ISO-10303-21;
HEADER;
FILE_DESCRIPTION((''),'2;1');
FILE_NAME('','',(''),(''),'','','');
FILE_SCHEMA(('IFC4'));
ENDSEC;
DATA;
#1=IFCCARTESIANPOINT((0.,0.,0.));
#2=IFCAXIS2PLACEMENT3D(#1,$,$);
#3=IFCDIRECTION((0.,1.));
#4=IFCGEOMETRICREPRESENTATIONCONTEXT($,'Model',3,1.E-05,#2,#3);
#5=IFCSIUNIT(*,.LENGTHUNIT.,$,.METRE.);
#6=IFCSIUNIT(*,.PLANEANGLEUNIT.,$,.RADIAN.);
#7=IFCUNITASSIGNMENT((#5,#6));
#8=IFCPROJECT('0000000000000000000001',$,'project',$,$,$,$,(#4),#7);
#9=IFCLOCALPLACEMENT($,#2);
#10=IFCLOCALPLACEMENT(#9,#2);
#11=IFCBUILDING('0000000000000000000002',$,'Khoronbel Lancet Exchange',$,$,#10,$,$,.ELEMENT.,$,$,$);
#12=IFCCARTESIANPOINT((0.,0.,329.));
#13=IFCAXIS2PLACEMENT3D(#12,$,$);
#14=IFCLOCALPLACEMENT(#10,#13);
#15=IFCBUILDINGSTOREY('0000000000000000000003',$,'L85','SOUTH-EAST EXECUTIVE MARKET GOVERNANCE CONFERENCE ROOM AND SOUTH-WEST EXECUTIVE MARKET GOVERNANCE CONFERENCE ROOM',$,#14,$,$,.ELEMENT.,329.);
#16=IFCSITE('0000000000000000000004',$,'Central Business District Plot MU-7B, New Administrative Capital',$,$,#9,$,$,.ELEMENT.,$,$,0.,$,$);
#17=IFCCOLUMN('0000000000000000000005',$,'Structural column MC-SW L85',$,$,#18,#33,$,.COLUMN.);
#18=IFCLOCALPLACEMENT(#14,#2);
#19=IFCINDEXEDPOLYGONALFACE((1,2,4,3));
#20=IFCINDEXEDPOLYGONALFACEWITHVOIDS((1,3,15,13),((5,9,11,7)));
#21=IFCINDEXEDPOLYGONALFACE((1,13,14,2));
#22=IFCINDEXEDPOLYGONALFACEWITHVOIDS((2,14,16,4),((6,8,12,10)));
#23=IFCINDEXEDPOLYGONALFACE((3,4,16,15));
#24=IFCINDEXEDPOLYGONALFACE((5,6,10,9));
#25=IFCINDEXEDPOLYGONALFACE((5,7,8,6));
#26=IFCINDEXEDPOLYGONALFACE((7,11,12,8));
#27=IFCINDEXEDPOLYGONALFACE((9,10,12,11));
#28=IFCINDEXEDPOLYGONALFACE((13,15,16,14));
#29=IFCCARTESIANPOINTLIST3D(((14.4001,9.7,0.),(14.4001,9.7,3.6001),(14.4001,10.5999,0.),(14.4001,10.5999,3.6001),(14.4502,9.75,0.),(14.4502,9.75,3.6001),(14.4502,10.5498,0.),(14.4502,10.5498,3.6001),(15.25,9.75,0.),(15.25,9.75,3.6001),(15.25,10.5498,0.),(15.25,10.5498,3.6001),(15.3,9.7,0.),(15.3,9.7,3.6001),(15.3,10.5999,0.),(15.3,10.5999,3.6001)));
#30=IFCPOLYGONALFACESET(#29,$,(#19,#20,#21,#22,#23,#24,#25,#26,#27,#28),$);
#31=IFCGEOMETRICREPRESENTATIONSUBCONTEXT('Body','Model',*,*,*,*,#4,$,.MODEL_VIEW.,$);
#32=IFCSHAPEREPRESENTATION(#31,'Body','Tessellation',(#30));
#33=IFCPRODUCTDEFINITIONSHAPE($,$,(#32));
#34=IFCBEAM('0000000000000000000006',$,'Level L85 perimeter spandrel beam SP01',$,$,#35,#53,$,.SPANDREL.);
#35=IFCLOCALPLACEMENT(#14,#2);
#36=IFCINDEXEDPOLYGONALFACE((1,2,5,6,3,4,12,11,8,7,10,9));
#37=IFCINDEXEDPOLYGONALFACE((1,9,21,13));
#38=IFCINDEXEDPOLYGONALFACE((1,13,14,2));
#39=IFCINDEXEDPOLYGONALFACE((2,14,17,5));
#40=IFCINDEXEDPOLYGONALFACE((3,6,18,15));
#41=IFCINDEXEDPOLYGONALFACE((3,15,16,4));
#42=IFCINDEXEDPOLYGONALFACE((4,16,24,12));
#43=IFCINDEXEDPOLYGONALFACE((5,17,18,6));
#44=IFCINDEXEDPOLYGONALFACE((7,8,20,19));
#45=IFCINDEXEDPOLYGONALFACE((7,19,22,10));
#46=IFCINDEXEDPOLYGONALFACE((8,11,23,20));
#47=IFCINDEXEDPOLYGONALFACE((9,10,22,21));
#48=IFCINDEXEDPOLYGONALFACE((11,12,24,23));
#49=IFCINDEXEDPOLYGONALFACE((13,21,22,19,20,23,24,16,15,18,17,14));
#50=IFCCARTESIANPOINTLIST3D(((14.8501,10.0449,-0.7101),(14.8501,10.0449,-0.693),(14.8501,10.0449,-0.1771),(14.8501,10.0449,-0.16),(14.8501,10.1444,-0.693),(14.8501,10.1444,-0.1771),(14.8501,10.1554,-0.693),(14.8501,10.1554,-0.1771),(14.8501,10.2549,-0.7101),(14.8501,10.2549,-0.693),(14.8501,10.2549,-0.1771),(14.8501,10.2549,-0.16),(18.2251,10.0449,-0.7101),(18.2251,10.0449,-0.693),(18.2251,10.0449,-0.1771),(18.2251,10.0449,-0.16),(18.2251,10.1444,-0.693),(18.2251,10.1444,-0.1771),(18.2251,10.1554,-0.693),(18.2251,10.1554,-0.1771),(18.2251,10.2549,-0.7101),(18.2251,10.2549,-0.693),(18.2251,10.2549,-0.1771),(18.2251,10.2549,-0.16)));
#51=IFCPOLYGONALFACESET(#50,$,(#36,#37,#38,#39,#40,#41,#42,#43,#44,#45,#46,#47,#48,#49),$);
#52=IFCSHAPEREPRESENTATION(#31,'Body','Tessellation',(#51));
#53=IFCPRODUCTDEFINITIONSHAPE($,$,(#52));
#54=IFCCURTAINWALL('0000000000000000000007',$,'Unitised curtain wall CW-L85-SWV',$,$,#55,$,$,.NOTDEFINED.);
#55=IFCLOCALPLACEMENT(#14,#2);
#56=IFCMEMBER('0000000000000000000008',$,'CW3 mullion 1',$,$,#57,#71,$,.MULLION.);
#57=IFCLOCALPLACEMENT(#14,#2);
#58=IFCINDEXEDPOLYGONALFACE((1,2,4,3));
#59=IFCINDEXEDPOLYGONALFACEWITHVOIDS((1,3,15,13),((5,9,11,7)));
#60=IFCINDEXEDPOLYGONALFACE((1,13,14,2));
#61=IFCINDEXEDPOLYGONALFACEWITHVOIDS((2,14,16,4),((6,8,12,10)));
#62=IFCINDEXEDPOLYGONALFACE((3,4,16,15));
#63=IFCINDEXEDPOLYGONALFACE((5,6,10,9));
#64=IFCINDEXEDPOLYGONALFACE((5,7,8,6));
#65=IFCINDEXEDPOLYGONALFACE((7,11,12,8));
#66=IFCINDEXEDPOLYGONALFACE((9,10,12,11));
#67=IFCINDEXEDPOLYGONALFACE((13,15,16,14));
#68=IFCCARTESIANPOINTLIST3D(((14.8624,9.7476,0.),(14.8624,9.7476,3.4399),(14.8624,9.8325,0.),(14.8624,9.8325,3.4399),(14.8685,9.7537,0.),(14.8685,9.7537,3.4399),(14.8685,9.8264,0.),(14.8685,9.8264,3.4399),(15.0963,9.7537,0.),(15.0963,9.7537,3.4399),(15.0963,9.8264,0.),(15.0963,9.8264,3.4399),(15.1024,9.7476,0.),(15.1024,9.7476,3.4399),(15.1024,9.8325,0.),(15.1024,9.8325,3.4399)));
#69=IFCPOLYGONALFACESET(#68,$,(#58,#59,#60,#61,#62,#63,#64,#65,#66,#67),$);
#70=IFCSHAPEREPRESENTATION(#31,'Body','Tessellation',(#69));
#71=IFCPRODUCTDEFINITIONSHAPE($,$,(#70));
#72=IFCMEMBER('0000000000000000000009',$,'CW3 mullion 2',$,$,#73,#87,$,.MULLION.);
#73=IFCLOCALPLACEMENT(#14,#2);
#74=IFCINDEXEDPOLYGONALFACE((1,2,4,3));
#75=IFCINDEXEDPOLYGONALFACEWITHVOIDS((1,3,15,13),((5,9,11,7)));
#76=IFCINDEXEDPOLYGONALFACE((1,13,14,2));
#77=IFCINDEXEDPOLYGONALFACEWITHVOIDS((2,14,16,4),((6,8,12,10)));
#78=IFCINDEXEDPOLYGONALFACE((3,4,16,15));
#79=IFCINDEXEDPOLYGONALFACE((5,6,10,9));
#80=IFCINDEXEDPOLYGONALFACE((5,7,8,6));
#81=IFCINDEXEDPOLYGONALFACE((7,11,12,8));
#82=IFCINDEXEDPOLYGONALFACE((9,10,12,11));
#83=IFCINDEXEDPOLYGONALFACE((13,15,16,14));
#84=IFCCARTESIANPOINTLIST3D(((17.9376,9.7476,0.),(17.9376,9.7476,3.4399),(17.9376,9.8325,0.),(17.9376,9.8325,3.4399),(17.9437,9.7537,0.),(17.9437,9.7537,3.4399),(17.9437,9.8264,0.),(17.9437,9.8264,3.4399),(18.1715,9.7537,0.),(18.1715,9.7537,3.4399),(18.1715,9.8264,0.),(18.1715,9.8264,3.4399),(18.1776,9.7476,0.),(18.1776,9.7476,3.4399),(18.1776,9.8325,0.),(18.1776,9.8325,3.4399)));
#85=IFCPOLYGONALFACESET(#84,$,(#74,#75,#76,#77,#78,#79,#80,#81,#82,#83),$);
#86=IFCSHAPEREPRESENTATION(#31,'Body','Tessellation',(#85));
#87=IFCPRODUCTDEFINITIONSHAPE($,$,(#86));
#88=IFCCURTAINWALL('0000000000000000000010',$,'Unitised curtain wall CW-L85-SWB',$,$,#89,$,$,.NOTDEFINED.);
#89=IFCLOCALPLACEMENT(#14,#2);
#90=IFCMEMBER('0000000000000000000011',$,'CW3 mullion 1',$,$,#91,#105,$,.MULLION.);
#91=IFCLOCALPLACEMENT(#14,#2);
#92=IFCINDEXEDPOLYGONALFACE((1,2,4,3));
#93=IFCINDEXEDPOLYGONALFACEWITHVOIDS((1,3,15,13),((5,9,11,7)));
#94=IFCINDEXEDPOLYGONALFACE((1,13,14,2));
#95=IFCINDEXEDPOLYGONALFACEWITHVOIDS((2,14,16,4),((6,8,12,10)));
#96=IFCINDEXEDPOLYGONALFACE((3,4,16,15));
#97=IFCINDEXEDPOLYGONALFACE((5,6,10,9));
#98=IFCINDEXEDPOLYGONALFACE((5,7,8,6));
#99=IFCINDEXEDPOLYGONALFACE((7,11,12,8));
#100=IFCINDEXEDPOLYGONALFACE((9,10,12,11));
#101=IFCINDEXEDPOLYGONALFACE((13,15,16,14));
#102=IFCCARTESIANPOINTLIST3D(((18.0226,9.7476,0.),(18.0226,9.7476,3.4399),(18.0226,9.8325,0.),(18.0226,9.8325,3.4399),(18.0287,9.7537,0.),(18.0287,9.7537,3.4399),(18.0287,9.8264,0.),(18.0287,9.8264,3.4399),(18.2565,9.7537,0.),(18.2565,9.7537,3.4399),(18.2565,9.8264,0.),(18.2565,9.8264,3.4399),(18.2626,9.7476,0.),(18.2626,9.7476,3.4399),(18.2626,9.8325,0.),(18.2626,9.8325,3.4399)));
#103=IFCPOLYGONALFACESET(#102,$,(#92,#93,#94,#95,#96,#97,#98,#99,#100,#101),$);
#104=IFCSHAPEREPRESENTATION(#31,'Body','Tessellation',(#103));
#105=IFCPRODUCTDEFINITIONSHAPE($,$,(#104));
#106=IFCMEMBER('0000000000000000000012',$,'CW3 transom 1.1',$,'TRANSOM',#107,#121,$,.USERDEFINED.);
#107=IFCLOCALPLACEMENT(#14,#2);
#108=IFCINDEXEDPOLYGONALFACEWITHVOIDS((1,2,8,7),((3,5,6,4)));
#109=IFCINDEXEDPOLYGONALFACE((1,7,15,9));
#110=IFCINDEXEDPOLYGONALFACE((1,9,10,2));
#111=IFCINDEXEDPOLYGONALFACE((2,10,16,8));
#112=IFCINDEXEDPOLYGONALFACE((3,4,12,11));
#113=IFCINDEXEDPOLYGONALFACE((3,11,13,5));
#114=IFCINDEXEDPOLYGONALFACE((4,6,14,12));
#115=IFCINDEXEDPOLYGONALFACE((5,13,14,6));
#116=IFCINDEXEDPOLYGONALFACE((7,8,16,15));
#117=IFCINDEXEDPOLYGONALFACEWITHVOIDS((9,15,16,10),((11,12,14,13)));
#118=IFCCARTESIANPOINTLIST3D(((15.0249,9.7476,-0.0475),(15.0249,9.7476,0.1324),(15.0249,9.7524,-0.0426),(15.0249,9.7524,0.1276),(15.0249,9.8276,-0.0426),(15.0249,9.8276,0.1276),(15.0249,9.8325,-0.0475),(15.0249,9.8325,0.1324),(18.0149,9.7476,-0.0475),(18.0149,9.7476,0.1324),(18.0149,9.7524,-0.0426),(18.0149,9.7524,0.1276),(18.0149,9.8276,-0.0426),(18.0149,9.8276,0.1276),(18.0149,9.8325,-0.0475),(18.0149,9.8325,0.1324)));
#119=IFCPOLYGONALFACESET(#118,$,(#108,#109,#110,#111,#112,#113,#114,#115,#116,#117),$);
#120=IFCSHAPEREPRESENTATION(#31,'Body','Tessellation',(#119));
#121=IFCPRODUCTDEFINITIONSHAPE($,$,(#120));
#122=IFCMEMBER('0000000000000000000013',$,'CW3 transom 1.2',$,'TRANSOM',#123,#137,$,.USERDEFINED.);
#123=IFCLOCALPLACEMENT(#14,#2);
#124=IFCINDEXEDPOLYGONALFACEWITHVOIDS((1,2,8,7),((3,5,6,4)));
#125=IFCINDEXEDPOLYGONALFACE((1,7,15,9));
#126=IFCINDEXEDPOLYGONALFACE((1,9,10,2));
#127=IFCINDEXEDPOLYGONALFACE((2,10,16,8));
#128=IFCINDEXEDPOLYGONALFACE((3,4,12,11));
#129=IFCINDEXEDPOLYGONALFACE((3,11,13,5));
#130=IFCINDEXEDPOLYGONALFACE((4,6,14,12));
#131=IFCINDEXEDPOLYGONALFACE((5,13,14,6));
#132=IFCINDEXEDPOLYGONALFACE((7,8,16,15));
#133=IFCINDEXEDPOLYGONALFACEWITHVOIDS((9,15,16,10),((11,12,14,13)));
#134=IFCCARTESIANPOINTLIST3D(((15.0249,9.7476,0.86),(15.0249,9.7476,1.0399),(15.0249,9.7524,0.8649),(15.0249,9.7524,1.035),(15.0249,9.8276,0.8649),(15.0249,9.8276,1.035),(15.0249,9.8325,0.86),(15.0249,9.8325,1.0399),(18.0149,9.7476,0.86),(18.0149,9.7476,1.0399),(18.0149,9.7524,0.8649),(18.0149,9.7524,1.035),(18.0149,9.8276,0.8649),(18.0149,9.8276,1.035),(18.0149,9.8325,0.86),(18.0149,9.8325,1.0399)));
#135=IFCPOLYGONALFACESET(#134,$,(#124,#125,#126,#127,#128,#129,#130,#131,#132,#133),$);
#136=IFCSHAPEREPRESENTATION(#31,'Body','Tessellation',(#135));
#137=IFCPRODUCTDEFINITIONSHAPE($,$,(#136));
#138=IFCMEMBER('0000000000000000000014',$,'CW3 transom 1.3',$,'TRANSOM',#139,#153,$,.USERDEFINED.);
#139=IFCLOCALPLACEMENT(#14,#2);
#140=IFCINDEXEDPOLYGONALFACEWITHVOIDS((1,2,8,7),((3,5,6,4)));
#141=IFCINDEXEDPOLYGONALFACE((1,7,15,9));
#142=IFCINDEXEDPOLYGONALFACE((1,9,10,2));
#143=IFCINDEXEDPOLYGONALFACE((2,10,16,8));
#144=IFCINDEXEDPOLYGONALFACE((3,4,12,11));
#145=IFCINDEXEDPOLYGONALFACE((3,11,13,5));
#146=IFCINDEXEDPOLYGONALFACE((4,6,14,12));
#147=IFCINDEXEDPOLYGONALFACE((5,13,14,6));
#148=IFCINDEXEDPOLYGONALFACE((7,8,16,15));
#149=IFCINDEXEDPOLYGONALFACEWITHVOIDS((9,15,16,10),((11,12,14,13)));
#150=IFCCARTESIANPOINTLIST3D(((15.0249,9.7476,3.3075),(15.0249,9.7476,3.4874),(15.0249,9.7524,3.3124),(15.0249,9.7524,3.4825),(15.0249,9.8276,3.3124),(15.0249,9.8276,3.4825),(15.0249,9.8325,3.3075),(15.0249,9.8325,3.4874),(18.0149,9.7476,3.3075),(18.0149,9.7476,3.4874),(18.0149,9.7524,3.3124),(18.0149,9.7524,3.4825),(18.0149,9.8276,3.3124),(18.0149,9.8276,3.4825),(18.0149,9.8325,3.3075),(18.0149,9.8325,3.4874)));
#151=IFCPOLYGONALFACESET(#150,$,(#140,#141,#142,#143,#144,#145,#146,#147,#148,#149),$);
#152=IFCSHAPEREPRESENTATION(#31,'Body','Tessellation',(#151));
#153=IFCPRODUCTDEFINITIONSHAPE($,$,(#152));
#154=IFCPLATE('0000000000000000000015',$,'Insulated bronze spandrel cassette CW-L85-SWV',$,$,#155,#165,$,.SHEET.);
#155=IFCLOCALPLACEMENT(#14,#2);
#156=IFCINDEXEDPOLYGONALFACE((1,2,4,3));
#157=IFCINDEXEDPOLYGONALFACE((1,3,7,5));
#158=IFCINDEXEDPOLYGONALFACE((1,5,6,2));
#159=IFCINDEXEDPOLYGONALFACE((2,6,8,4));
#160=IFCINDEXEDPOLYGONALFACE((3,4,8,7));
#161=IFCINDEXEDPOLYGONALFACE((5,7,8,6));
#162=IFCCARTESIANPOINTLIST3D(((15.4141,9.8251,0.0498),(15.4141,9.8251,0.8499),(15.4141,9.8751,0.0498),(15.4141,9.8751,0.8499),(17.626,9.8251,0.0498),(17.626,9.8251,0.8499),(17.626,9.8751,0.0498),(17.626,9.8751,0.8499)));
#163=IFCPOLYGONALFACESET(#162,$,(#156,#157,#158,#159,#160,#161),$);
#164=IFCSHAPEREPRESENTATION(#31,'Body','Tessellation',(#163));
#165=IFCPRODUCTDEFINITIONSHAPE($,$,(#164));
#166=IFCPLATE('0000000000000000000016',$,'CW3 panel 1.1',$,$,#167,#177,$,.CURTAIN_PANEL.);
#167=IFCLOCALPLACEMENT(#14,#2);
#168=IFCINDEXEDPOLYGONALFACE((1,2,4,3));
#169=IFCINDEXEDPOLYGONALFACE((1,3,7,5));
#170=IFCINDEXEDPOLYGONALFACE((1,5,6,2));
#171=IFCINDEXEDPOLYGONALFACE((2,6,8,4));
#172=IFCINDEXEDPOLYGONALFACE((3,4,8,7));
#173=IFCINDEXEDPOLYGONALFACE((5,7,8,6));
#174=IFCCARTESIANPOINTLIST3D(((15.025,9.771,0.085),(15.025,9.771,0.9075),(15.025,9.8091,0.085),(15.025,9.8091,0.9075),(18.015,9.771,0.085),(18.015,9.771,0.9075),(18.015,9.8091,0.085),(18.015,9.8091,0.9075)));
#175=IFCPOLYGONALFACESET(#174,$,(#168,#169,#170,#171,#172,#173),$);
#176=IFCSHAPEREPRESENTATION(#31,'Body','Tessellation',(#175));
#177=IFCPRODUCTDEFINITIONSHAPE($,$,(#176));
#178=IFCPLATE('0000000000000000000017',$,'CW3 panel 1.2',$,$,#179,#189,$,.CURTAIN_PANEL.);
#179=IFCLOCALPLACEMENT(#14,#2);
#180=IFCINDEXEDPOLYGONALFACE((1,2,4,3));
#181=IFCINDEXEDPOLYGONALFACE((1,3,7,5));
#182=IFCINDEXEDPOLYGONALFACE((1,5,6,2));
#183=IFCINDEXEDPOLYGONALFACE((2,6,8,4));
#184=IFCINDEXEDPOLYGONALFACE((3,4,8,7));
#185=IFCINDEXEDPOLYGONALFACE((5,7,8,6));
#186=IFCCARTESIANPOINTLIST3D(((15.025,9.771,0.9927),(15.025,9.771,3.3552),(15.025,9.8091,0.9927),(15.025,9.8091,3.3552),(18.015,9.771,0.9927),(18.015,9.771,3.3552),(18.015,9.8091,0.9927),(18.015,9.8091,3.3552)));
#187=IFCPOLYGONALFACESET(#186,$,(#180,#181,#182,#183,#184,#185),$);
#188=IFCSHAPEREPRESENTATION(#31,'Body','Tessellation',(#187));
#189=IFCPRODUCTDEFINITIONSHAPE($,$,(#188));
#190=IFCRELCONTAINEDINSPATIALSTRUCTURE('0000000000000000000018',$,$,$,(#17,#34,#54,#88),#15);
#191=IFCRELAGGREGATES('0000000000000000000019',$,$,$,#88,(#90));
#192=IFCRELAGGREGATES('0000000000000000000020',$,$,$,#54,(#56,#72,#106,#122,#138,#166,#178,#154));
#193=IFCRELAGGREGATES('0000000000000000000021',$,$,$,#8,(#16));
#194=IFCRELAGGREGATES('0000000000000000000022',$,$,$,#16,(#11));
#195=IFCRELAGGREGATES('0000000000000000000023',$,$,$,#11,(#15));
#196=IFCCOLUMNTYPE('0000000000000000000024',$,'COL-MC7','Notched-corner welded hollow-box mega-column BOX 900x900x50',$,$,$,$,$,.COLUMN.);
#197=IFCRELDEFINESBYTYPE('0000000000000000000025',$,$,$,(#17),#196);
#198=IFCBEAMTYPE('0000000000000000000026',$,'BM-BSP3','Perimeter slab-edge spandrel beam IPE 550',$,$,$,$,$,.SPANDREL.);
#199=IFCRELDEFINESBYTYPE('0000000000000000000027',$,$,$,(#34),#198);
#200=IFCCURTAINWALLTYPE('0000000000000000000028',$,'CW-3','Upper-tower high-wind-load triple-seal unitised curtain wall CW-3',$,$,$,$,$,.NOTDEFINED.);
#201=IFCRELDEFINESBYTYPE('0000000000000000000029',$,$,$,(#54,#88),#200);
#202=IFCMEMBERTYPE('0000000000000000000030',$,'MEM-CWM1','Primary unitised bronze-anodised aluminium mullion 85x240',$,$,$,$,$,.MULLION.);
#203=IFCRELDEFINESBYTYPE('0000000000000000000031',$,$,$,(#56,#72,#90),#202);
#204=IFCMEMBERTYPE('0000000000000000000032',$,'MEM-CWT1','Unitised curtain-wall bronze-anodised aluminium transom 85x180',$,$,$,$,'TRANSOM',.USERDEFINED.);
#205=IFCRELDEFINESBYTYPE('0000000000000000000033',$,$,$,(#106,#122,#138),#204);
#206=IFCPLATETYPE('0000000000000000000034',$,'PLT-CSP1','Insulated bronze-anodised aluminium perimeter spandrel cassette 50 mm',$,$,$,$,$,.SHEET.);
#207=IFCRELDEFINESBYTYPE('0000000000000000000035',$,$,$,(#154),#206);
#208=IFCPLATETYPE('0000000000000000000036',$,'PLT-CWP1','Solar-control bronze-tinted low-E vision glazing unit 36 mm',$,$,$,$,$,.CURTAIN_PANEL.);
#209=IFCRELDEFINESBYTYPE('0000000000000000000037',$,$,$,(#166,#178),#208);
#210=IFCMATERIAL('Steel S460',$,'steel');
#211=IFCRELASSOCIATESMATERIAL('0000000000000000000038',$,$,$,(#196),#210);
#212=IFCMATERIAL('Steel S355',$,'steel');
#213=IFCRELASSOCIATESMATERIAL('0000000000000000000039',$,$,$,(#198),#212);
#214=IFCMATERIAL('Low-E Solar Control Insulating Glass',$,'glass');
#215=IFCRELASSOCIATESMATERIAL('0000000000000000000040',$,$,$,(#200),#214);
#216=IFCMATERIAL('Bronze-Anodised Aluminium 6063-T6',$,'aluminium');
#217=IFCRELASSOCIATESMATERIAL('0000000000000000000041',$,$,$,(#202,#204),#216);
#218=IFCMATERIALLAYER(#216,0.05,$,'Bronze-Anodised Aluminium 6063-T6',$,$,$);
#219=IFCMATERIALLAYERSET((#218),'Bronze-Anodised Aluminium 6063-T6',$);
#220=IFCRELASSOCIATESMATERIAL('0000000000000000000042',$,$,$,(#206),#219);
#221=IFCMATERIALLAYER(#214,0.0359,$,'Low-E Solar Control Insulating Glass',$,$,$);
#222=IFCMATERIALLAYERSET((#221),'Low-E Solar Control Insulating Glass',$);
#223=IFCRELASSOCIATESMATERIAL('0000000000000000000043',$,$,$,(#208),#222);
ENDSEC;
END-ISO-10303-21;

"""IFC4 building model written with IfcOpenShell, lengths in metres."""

from ifc_helpers import new_model, si_unit, direction, frame, origin, origin_2d, place, context, subcontext, project, spatial, rectangle, hollow_rectangle, i_section, extrude, material, layer, layer_set, material_profile, profile_set, type_object, element, aggregate, save


model = new_model("IFC4")

# Units and contexts
model_context = context("Model", 3, precision=1e-05, world=origin(), true_north=direction((0.0, 1.0)))
body_context = subcontext(model_context, "Body", "Model", "MODEL_VIEW")
ifc_project = project(units=[si_unit("LENGTHUNIT", "METRE"), si_unit("PLANEANGLEUNIT", "RADIAN")], contexts=[model_context])

# Site, building, storey
site_placement = place(None, origin())
site = spatial("IfcSite", under=ifc_project, at=site_placement, Name="Central Business District Plot MU-7B, New Administrative Capital", CompositionType="ELEMENT", RefElevation=0.0)
building_placement = place(site_placement, origin())
building = spatial("IfcBuilding", under=site, at=building_placement, Name="Khoronbel Lancet Exchange", CompositionType="ELEMENT")
storey_placement = place(building_placement, frame((0.0, 0.0, 329.0)))
storey = spatial("IfcBuildingStorey", under=building, at=storey_placement, Name="L85", Description="SOUTH-EAST EXECUTIVE MARKET GOVERNANCE CONFERENCE ROOM AND SOUTH-WEST EXECUTIVE MARKET GOVERNANCE CONFERENCE ROOM", CompositionType="ELEMENT", Elevation=329.0)

# Column
ifc_material_1 = material(Name="Steel S460", Category="steel")
ifc_material_profile_1 = material_profile(ifc_material_1, hollow_rectangle(XDim=0.8999, YDim=0.8999, WallThickness=0.05, at=origin_2d()), Name="BOX 900x900x50")
ifc_profile_set_1 = profile_set([ifc_material_profile_1], Name="Steel S460")
column_type = type_object("IfcColumnType", Name="COL-MC7", Description="Notched-corner welded hollow-box mega-column BOX 900x900x50", PredefinedType="COLUMN", material=ifc_profile_set_1)
column_placement = place(storey_placement, frame((14.8501, 10.1499, 0.0), z_axis=(0.0, 0.0, 1.0), x_axis=(1.0, 0.0, 0.0)))
element("IfcColumn", 1, at=column_placement, inside=storey, type_object=column_type, Name="Structural column MC-SW L85", PredefinedType="COLUMN", context=body_context, shape_type="SweptSolid", body=[
    extrude(hollow_rectangle(XDim=0.8999, YDim=0.8999, WallThickness=0.05, at=origin_2d()), origin(), (0.0, 0.0, 1.0), 3.6001),
])

# Beam
ifc_material_2 = material(Name="Steel S355", Category="steel")
ifc_material_profile_2 = material_profile(ifc_material_2, i_section(OverallWidth=0.21, OverallDepth=0.55, WebThickness=0.011, FlangeThickness=0.0171, at=origin_2d()), Name="IPE 550")
ifc_profile_set_2 = profile_set([ifc_material_profile_2], Name="Steel S355")
beam_type = type_object("IfcBeamType", Name="BM-BSP3", Description="Perimeter slab-edge spandrel beam IPE 550", PredefinedType="SPANDREL", material=ifc_profile_set_2)
beam_placement = place(storey_placement, frame((14.8501, 10.1499, -0.4351), z_axis=(1.0, 0.0, 0.0), x_axis=(0.0, 1.0, 0.0)))
element("IfcBeam", 2, at=beam_placement, inside=storey, type_object=beam_type, Name="Level L85 perimeter spandrel beam SP01", PredefinedType="SPANDREL", context=body_context, shape_type="SweptSolid", body=[
    extrude(i_section(OverallWidth=0.21, OverallDepth=0.55, WebThickness=0.011, FlangeThickness=0.0171, at=origin_2d()), origin(), (0.0, 0.0, 1.0), 3.375),
])

# Curtain wall, members
ifc_material_3 = material(Name="Low-E Solar Control Insulating Glass", Category="glass")
curtain_wall_type = type_object("IfcCurtainWallType", Name="CW-3", Description="Upper-tower high-wind-load triple-seal unitised curtain wall CW-3", PredefinedType="NOTDEFINED", material=ifc_material_3)
curtain_wall_1_placement = place(storey_placement, origin())
curtain_wall_1 = element("IfcCurtainWall", 3, at=curtain_wall_1_placement, inside=storey, type_object=curtain_wall_type, Name="Unitised curtain wall CW-L85-SWV", PredefinedType="NOTDEFINED")
ifc_material_4 = material(Name="Bronze-Anodised Aluminium 6063-T6", Category="aluminium")
ifc_material_profile_3 = material_profile(ifc_material_4, hollow_rectangle(XDim=0.085, YDim=0.24, WallThickness=0.0061, at=origin_2d()), Name="ALU MULLION 85x240")
ifc_profile_set_3 = profile_set([ifc_material_profile_3], Name="Bronze-Anodised Aluminium 6063-T6")
member_type_1 = type_object("IfcMemberType", Name="MEM-CWM1", Description="Primary unitised bronze-anodised aluminium mullion 85x240", PredefinedType="MULLION", material=ifc_profile_set_3)
member_1_placement = place(storey_placement, frame((14.9824, 9.79, 0.0), z_axis=(0.0, 0.0, 1.0), x_axis=(0.0, 1.0, 0.0)))
member_1 = element("IfcMember", 4, at=member_1_placement, type_object=member_type_1, Name="CW3 mullion 1", PredefinedType="MULLION", context=body_context, shape_type="SweptSolid", body=[
    extrude(hollow_rectangle(XDim=0.085, YDim=0.24, WallThickness=0.0061, at=origin_2d()), origin(), (0.0, 0.0, 1.0), 3.4399),
])
member_2_placement = place(storey_placement, frame((18.0576, 9.79, 0.0), z_axis=(0.0, 0.0, 1.0), x_axis=(0.0, 1.0, 0.0)))
member_2 = element("IfcMember", 5, at=member_2_placement, type_object=member_type_1, Name="CW3 mullion 2", PredefinedType="MULLION", context=body_context, shape_type="SweptSolid", body=[
    extrude(hollow_rectangle(XDim=0.085, YDim=0.24, WallThickness=0.0061, at=origin_2d()), origin(), (0.0, 0.0, 1.0), 3.4399),
])

# Curtain wall, member
curtain_wall_2_placement = place(storey_placement, origin())
curtain_wall_2 = element("IfcCurtainWall", 6, at=curtain_wall_2_placement, inside=storey, type_object=curtain_wall_type, Name="Unitised curtain wall CW-L85-SWB", PredefinedType="NOTDEFINED")
member_3_placement = place(storey_placement, frame((18.1426, 9.79, 0.0), z_axis=(0.0, 0.0, 1.0), x_axis=(0.0, 1.0, 0.0)))
member_3 = element("IfcMember", 7, at=member_3_placement, type_object=member_type_1, Name="CW3 mullion 1", PredefinedType="MULLION", context=body_context, shape_type="SweptSolid", body=[
    extrude(hollow_rectangle(XDim=0.085, YDim=0.24, WallThickness=0.0061, at=origin_2d()), origin(), (0.0, 0.0, 1.0), 3.4399),
])
aggregate(curtain_wall_2, [member_3])

# Members
ifc_material_profile_4 = material_profile(ifc_material_4, hollow_rectangle(XDim=0.085, YDim=0.1799, WallThickness=0.0049, at=origin_2d()), Name="ALU TRANSOM 85x180")
ifc_profile_set_4 = profile_set([ifc_material_profile_4], Name="Bronze-Anodised Aluminium 6063-T6")
member_type_2 = type_object("IfcMemberType", Name="MEM-CWT1", Description="Unitised curtain-wall bronze-anodised aluminium transom 85x180", ElementType="TRANSOM", PredefinedType="USERDEFINED", material=ifc_profile_set_4)
member_4_placement = place(storey_placement, frame((15.0249, 9.79, 0.0425), z_axis=(1.0, 0.0, 0.0), x_axis=(0.0, 1.0, 0.0)))
member_4 = element("IfcMember", 8, at=member_4_placement, type_object=member_type_2, Name="CW3 transom 1.1", ObjectType="TRANSOM", PredefinedType="USERDEFINED", context=body_context, shape_type="SweptSolid", body=[
    extrude(hollow_rectangle(XDim=0.085, YDim=0.1799, WallThickness=0.0049, at=origin_2d()), origin(), (0.0, 0.0, 1.0), 2.99),
])
member_5_placement = place(storey_placement, frame((15.0249, 9.79, 0.95), z_axis=(1.0, 0.0, 0.0), x_axis=(0.0, 1.0, 0.0)))
member_5 = element("IfcMember", 9, at=member_5_placement, type_object=member_type_2, Name="CW3 transom 1.2", ObjectType="TRANSOM", PredefinedType="USERDEFINED", context=body_context, shape_type="SweptSolid", body=[
    extrude(hollow_rectangle(XDim=0.085, YDim=0.1799, WallThickness=0.0049, at=origin_2d()), origin(), (0.0, 0.0, 1.0), 2.99),
])
member_6_placement = place(storey_placement, frame((15.0249, 9.79, 3.3975), z_axis=(1.0, 0.0, 0.0), x_axis=(0.0, 1.0, 0.0)))
member_6 = element("IfcMember", 10, at=member_6_placement, type_object=member_type_2, Name="CW3 transom 1.3", ObjectType="TRANSOM", PredefinedType="USERDEFINED", context=body_context, shape_type="SweptSolid", body=[
    extrude(hollow_rectangle(XDim=0.085, YDim=0.1799, WallThickness=0.0049, at=origin_2d()), origin(), (0.0, 0.0, 1.0), 2.99),
])

# Plates
ifc_layer_1 = layer(ifc_material_4, 0.05, Name="Bronze-Anodised Aluminium 6063-T6")
ifc_layer_set_1 = layer_set([ifc_layer_1], Name="Bronze-Anodised Aluminium 6063-T6")
plate_type_1 = type_object("IfcPlateType", Name="PLT-CSP1", Description="Insulated bronze-anodised aluminium perimeter spandrel cassette 50 mm", PredefinedType="SHEET", material=ifc_layer_set_1)
plate_1_placement = place(storey_placement, frame((16.52, 9.8501, 0.0498), z_axis=(0.0, 0.0, 1.0), x_axis=(1.0, 0.0, 0.0)))
plate_1 = element("IfcPlate", 11, at=plate_1_placement, type_object=plate_type_1, Name="Insulated bronze spandrel cassette CW-L85-SWV", PredefinedType="SHEET", context=body_context, shape_type="SweptSolid", body=[
    extrude(rectangle(XDim=2.2119, YDim=0.05, at=origin_2d()), origin(), (0.0, 0.0, 1.0), 0.8),
])
ifc_layer_2 = layer(ifc_material_3, 0.0359, Name="Low-E Solar Control Insulating Glass")
ifc_layer_set_2 = layer_set([ifc_layer_2], Name="Low-E Solar Control Insulating Glass")
plate_type_2 = type_object("IfcPlateType", Name="PLT-CWP1", Description="Solar-control bronze-tinted low-E vision glazing unit 36 mm", PredefinedType="CURTAIN_PANEL", material=ifc_layer_set_2)
plate_2_placement = place(storey_placement, frame((16.52, 9.79, 0.085), z_axis=(0.0, 0.0, 1.0), x_axis=(1.0, 0.0, 0.0)))
plate_2 = element("IfcPlate", 12, at=plate_2_placement, type_object=plate_type_2, Name="CW3 panel 1.1", PredefinedType="CURTAIN_PANEL", context=body_context, shape_type="SweptSolid", body=[
    extrude(rectangle(XDim=2.99, YDim=0.0381, at=origin_2d()), origin(), (0.0, 0.0, 1.0), 0.8225),
])
plate_3_placement = place(storey_placement, frame((16.52, 9.79, 0.9927), z_axis=(0.0, 0.0, 1.0), x_axis=(1.0, 0.0, 0.0)))
plate_3 = element("IfcPlate", 13, at=plate_3_placement, type_object=plate_type_2, Name="CW3 panel 1.2", PredefinedType="CURTAIN_PANEL", context=body_context, shape_type="SweptSolid", body=[
    extrude(rectangle(XDim=2.99, YDim=0.0381, at=origin_2d()), origin(), (0.0, 0.0, 1.0), 2.3625),
])
aggregate(curtain_wall_1, [member_1, member_2, member_4, member_5, member_6, plate_2, plate_3, plate_1])

save(model, "model.ifc")
